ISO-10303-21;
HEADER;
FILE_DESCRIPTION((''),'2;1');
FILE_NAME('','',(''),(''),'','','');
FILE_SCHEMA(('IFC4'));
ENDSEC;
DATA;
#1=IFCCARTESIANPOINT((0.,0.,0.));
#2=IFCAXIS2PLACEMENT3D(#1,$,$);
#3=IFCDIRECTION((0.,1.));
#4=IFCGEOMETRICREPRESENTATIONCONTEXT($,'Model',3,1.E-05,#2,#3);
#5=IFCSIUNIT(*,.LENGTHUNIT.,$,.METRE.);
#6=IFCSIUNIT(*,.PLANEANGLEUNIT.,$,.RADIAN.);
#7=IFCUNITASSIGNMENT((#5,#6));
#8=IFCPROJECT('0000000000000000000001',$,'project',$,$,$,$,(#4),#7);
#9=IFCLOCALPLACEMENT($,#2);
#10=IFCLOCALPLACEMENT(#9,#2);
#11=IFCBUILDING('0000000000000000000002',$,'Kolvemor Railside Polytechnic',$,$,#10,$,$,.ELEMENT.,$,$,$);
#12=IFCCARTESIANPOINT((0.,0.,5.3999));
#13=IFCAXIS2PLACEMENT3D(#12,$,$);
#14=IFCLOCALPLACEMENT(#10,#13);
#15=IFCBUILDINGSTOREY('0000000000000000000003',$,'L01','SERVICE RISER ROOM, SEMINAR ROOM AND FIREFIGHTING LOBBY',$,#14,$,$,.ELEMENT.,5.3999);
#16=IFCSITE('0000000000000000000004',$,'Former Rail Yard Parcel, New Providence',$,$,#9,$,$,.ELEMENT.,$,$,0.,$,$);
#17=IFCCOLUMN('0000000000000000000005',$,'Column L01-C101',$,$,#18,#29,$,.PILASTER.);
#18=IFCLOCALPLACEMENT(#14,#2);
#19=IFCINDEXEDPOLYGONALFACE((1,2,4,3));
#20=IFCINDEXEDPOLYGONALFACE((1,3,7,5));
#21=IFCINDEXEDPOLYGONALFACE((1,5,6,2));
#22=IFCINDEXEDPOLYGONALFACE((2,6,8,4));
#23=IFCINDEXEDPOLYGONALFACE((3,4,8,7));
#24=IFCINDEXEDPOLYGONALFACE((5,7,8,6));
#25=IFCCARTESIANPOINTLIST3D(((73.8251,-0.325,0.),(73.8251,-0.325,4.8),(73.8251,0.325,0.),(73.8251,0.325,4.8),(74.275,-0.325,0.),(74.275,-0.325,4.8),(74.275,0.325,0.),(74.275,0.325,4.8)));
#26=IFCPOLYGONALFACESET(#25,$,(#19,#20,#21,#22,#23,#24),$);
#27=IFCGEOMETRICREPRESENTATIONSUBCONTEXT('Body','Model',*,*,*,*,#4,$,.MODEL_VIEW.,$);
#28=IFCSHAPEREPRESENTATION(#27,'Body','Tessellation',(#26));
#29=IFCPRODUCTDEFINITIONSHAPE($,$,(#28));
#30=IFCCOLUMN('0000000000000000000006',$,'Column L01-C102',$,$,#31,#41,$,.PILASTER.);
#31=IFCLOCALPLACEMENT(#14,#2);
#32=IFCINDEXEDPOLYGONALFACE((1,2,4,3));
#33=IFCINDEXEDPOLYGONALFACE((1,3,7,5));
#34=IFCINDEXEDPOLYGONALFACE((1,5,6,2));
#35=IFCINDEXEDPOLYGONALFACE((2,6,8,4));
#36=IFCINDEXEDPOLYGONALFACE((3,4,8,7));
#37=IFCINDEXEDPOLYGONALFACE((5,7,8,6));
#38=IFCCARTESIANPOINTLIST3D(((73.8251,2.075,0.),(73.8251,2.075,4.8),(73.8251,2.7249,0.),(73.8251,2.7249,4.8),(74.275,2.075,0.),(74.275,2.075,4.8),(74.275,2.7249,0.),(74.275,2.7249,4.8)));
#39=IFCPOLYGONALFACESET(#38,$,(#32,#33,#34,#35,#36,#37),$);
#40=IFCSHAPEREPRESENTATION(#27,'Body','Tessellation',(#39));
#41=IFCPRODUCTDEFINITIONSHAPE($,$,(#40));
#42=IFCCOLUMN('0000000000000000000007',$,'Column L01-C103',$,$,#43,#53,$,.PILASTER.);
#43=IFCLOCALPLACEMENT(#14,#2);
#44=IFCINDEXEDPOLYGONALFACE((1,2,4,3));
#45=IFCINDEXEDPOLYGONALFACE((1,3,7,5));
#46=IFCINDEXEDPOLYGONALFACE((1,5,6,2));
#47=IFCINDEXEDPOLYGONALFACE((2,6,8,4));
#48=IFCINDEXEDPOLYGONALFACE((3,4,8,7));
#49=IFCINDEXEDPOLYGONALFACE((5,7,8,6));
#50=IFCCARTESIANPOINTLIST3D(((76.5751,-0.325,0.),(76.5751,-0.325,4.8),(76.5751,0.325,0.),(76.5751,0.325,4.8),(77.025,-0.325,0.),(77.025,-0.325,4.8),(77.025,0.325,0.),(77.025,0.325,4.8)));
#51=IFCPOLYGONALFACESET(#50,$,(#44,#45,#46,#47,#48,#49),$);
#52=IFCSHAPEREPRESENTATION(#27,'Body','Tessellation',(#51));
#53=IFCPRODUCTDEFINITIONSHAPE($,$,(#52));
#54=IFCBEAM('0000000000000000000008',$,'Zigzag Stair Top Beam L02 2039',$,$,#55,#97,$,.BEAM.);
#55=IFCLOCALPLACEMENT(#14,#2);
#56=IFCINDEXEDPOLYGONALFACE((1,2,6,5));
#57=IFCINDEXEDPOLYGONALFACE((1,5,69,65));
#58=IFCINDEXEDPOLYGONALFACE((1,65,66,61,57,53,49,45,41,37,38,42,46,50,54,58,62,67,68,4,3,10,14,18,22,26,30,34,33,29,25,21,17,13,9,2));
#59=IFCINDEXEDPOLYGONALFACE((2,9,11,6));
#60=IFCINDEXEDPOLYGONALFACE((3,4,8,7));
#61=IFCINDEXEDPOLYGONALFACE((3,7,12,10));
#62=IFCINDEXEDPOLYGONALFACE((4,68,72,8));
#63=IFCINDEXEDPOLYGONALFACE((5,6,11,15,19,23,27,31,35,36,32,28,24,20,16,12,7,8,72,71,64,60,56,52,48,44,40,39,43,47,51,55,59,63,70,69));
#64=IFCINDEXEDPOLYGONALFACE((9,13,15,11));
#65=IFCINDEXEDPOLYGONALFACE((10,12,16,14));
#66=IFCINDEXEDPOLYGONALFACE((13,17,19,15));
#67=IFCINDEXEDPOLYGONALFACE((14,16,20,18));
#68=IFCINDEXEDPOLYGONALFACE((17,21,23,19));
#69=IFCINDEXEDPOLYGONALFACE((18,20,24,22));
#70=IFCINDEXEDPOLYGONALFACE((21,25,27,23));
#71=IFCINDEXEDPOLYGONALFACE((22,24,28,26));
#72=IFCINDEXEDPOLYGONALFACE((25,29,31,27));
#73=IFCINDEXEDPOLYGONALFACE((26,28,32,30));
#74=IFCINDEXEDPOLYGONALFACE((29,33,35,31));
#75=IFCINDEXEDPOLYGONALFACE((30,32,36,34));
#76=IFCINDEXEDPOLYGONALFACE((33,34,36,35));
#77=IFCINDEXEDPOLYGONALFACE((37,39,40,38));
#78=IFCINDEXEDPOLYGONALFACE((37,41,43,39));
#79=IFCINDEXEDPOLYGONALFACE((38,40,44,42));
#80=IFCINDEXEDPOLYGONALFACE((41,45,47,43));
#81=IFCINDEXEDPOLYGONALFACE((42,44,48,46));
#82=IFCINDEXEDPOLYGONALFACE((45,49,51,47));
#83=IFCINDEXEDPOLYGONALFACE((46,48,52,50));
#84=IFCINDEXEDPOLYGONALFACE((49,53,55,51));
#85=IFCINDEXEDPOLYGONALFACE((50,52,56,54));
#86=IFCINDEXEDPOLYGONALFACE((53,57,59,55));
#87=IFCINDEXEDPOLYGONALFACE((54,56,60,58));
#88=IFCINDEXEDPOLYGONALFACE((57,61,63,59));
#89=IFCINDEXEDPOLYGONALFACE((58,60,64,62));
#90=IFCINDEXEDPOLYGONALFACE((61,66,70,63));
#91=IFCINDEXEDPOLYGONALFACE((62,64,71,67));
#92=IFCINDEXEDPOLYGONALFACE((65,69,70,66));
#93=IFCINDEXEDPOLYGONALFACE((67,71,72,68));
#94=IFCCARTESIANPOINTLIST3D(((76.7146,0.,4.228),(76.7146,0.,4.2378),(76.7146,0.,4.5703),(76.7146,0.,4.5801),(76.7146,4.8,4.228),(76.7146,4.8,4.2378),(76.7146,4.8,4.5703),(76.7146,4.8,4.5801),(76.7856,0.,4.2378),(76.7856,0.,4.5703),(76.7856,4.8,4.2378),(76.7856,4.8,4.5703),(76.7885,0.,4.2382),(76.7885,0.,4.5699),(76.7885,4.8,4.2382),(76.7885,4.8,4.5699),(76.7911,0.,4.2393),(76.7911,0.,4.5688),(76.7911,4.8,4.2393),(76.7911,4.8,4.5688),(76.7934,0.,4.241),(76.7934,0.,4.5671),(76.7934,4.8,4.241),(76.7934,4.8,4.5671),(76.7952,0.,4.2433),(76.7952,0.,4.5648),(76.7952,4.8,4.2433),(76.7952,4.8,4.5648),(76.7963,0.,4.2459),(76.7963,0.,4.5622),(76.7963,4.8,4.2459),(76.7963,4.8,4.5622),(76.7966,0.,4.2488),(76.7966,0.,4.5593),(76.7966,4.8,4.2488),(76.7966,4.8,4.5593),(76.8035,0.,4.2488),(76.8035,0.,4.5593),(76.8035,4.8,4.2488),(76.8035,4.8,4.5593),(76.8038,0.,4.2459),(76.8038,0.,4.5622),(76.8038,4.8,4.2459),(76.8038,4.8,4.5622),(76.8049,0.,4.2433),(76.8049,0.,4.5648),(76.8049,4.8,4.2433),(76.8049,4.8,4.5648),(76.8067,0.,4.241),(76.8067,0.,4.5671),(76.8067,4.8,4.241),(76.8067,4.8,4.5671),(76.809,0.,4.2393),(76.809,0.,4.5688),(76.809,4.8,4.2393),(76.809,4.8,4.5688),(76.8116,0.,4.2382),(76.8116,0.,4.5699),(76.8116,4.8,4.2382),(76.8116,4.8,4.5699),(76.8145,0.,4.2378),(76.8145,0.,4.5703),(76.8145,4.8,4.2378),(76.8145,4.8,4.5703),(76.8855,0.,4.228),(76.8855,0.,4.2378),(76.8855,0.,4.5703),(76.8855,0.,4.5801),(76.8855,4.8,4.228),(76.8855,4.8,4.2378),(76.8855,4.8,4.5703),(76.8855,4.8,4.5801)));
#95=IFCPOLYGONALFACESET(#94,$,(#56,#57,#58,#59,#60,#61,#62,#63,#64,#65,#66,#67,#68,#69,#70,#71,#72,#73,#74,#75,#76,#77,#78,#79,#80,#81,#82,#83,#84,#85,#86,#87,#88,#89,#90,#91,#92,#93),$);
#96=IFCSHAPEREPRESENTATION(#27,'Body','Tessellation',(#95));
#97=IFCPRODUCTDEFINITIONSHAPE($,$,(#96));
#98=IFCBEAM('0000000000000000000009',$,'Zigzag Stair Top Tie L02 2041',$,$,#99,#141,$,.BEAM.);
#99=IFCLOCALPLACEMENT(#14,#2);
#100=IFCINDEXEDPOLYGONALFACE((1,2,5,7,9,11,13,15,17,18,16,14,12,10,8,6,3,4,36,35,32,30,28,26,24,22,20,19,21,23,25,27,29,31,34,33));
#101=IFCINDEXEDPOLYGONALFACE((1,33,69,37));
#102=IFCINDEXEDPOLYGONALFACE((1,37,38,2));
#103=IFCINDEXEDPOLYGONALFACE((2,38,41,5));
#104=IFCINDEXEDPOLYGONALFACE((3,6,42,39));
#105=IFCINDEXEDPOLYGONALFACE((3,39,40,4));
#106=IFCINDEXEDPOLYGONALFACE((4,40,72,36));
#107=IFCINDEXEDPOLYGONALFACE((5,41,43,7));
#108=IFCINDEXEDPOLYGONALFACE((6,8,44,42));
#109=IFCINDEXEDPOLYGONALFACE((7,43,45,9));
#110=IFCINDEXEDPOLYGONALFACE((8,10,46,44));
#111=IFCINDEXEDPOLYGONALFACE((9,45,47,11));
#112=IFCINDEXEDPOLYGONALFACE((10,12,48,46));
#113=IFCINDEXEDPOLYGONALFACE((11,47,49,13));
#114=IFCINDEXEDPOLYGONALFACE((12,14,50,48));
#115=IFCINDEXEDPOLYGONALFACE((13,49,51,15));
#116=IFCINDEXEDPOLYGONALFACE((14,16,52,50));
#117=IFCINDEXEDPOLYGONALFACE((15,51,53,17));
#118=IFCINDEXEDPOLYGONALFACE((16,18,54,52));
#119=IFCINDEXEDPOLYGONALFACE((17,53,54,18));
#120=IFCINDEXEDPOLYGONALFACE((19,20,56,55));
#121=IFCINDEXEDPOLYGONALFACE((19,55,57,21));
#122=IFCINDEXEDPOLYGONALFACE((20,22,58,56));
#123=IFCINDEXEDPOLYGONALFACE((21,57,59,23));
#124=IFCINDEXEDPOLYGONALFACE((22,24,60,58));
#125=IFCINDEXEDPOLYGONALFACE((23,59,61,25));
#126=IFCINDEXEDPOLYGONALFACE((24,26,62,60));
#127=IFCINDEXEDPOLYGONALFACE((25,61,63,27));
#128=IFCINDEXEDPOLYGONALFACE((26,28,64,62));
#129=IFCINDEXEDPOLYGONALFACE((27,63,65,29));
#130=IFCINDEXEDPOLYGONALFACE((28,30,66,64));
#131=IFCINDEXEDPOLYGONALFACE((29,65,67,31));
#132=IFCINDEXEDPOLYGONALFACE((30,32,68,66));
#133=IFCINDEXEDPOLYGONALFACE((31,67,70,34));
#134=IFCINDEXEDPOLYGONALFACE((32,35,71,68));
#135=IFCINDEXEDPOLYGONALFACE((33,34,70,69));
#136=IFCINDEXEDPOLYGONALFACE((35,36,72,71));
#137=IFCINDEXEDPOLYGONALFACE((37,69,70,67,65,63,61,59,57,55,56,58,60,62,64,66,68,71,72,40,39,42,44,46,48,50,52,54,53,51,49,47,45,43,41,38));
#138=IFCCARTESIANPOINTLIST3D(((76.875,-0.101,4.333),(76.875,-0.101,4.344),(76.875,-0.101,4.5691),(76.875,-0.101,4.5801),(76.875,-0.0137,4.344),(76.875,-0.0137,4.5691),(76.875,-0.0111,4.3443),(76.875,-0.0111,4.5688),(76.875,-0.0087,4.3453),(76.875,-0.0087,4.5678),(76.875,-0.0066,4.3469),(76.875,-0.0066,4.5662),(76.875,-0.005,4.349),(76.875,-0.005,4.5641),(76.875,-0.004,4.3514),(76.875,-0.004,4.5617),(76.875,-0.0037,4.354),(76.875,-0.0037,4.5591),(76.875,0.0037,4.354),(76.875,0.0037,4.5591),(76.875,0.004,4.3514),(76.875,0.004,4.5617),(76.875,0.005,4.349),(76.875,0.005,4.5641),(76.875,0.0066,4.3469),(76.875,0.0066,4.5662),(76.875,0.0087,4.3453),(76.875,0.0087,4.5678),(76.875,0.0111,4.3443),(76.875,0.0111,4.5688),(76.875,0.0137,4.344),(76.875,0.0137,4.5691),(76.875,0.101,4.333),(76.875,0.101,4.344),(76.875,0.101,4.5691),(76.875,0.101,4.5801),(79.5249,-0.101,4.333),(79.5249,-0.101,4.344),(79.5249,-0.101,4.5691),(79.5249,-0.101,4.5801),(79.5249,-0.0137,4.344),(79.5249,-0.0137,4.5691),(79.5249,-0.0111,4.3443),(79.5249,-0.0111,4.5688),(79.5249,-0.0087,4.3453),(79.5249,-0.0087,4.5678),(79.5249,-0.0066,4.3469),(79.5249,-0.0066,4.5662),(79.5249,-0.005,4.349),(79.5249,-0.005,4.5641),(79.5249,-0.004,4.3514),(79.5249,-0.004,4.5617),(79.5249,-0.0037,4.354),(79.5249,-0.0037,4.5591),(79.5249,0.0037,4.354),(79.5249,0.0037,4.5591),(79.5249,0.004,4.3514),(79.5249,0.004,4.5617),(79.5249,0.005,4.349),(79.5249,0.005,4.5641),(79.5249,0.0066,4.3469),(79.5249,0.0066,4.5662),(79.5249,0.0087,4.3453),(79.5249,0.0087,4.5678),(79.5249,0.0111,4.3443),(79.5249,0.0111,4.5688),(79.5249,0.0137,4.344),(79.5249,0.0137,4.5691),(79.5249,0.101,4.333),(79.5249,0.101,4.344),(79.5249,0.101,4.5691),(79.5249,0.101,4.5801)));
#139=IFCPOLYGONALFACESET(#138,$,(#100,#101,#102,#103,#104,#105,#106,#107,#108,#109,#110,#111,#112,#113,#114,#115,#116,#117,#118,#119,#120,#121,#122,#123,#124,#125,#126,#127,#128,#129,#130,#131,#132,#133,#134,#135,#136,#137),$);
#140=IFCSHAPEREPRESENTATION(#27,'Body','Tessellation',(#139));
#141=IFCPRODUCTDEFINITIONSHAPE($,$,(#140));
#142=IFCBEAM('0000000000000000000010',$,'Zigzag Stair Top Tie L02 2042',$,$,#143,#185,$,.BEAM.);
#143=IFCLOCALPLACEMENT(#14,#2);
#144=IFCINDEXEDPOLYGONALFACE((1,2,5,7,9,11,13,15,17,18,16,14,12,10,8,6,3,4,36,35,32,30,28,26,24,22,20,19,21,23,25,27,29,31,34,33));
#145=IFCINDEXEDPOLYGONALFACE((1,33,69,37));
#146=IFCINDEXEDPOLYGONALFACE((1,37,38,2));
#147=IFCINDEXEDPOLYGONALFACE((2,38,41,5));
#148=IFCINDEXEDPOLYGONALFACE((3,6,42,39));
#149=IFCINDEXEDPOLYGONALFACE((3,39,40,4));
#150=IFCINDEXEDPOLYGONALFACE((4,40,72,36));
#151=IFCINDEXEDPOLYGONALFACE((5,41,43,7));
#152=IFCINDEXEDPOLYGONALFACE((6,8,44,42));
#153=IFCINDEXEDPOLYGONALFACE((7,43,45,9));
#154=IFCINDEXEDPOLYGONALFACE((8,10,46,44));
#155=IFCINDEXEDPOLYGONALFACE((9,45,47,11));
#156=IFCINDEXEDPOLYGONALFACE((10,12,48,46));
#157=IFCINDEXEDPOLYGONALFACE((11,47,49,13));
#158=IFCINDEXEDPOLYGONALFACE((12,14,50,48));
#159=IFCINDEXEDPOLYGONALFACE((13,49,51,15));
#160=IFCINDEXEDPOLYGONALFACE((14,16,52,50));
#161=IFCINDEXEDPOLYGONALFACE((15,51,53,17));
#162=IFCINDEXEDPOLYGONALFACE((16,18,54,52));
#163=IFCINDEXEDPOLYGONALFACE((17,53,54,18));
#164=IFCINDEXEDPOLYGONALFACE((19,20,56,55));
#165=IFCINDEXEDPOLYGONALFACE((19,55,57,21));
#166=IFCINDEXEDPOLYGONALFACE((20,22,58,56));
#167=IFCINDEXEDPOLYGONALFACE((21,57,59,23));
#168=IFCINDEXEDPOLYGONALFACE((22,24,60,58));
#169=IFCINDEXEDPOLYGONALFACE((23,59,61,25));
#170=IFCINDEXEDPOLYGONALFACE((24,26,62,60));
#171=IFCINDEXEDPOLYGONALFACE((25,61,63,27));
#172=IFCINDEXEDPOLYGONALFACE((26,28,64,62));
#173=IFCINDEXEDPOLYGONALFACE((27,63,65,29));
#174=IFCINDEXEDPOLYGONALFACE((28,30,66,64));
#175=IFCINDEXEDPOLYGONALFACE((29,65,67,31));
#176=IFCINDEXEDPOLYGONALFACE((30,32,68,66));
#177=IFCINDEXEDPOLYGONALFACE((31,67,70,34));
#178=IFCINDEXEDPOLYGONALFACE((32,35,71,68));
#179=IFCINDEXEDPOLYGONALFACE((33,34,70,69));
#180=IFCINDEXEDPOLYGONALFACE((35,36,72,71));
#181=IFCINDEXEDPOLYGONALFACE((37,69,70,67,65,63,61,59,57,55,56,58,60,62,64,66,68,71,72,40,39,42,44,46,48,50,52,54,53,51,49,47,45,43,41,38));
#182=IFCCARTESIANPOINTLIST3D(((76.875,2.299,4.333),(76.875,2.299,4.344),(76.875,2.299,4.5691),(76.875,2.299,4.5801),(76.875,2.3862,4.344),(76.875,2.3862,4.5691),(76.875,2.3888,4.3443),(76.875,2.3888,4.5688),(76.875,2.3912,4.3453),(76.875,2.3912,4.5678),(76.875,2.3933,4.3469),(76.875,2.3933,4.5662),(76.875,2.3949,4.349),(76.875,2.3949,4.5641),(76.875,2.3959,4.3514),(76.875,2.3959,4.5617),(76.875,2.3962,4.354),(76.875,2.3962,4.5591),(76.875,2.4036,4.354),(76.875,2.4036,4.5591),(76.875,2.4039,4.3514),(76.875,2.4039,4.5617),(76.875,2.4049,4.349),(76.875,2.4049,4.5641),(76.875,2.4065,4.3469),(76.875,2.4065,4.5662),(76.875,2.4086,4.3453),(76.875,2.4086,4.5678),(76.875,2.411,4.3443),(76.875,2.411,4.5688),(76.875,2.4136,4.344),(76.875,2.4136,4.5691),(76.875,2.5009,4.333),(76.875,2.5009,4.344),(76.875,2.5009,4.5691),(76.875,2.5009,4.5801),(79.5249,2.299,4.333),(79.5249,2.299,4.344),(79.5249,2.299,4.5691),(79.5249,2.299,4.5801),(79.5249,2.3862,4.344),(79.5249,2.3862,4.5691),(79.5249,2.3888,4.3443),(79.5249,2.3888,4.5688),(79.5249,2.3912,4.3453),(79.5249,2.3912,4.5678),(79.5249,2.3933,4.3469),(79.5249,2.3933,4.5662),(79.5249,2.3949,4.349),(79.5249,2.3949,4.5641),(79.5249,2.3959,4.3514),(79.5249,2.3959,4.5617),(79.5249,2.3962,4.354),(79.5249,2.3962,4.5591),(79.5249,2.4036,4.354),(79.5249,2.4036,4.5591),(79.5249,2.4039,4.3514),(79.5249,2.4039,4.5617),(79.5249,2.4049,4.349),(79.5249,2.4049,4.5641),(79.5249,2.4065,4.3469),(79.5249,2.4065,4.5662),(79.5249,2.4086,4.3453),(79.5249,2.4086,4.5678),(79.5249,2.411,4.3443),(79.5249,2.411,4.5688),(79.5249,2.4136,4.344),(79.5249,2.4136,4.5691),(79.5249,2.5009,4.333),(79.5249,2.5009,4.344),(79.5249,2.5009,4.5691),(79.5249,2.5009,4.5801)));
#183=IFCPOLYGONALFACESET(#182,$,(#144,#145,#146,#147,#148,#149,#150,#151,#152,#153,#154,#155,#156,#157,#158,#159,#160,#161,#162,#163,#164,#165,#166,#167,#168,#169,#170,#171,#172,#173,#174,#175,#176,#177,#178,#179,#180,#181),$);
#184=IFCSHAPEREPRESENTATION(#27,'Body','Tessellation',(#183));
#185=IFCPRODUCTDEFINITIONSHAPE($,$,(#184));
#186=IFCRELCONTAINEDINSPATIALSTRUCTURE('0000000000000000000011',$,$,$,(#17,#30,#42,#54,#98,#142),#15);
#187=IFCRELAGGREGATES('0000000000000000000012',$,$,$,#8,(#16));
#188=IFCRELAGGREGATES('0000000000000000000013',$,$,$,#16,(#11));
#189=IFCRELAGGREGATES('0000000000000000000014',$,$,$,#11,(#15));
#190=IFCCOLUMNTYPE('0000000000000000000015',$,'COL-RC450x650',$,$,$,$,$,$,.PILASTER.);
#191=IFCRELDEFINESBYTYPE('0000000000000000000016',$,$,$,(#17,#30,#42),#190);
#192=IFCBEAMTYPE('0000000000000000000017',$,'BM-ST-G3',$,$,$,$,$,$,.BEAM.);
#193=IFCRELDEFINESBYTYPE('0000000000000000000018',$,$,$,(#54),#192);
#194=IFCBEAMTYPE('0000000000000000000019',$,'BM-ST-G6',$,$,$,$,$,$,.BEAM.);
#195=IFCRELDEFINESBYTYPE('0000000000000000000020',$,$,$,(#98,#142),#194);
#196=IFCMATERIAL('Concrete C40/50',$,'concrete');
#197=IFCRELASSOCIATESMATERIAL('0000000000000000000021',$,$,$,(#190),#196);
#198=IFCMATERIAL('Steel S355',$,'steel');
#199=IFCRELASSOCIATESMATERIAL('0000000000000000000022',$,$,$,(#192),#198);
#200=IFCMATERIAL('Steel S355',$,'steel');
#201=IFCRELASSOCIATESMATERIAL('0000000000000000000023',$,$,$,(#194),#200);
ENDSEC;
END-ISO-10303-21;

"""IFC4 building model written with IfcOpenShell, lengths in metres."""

from ifc_helpers import new_model, si_unit, direction, frame, origin, origin_2d, place, context, subcontext, project, spatial, rectangle, i_section, extrude, material, material_profile, profile_set, type_object, element, save


model = new_model("IFC4")

# Units and contexts
model_context = context("Model", 3, precision=1e-05, world=origin(), true_north=direction((0.0, 1.0)))
body_context = subcontext(model_context, "Body", "Model", "MODEL_VIEW")
ifc_project = project(units=[si_unit("LENGTHUNIT", "METRE"), si_unit("PLANEANGLEUNIT", "RADIAN")], contexts=[model_context])

# Site, building, storey
site_placement = place(None, origin())
site = spatial("IfcSite", under=ifc_project, at=site_placement, Name="Former Rail Yard Parcel, New Providence", CompositionType="ELEMENT", RefElevation=0.0)
building_placement = place(site_placement, origin())
building = spatial("IfcBuilding", under=site, at=building_placement, Name="Kolvemor Railside Polytechnic", CompositionType="ELEMENT")
storey_placement = place(building_placement, frame((0.0, 0.0, 5.3999)))
storey = spatial("IfcBuildingStorey", under=building, at=storey_placement, Name="L01", Description="SERVICE RISER ROOM, SEMINAR ROOM AND FIREFIGHTING LOBBY", CompositionType="ELEMENT", Elevation=5.3999)

# Columns
ifc_material_1 = material(Name="Concrete C40/50", Category="concrete")
ifc_material_profile_1 = material_profile(ifc_material_1, rectangle(XDim=0.45, YDim=0.6499, at=origin_2d()), Name="RC450x650")
ifc_profile_set_1 = profile_set([ifc_material_profile_1], Name="Concrete C40/50")
column_type = type_object("IfcColumnType", Name="COL-RC450x650", PredefinedType="PILASTER", material=ifc_profile_set_1)
for number, where, z_axis, x_axis, name in (
    (1, (74.05, 0.0, 0.0), (0.0, 0.0, 1.0), (1.0, 0.0, 0.0), "Column L01-C101"),
    (2, (74.05, 2.3999, 0.0), (0.0, 0.0, 1.0), (1.0, 0.0, 0.0), "Column L01-C102"),
    (3, (76.8, 0.0, 0.0), (0.0, 0.0, 1.0), (1.0, 0.0, 0.0), "Column L01-C103"),
):
    element("IfcColumn", number, at=place(storey_placement, frame(where, z_axis=z_axis, x_axis=x_axis)), inside=storey, type_object=column_type, Name=name, PredefinedType="PILASTER", context=body_context, shape_type="SweptSolid", body=[
        extrude(rectangle(XDim=0.45, YDim=0.6499, at=origin_2d()), origin(), (0.0, 0.0, 1.0), 4.8),
    ])

# Beams
ifc_material_2 = material(Name="Steel S355", Category="steel")
ifc_material_profile_2 = material_profile(ifc_material_2, i_section(OverallWidth=0.1709, OverallDepth=0.3521, WebThickness=0.0068, FlangeThickness=0.0098, FilletRadius=0.011, at=origin_2d()), Name="W360x44")
ifc_profile_set_2 = profile_set([ifc_material_profile_2], Name="Steel S355")
beam_type_1 = type_object("IfcBeamType", Name="BM-ST-G3", PredefinedType="BEAM", material=ifc_profile_set_2)
beam_1_placement = place(storey_placement, frame((76.8, 0.0, 4.4041), z_axis=(0.0, 1.0, 0.0), x_axis=(-1.0, 0.0, 0.0)))
element("IfcBeam", 4, at=beam_1_placement, inside=storey, type_object=beam_type_1, Name="Zigzag Stair Top Beam L02 2039", PredefinedType="BEAM", context=body_context, shape_type="SweptSolid", body=[
    extrude(i_section(OverallWidth=0.1709, OverallDepth=0.3521, WebThickness=0.0068, FlangeThickness=0.0098, FilletRadius=0.011, at=origin_2d()), origin(), (0.0, 0.0, 1.0), 4.8),
])
ifc_material_3 = material(Name="Steel S355", Category="steel")
ifc_material_profile_3 = material_profile(ifc_material_3, i_section(OverallWidth=0.2019, OverallDepth=0.2471, WebThickness=0.0073, FlangeThickness=0.011, FilletRadius=0.01, at=origin_2d()), Name="W250x49")
ifc_profile_set_3 = profile_set([ifc_material_profile_3], Name="Steel S355")
beam_type_2 = type_object("IfcBeamType", Name="BM-ST-G6", PredefinedType="BEAM", material=ifc_profile_set_3)
for number, where, z_axis, x_axis, name in (
    (5, (76.875, 0.0, 4.4565), (1.0, 0.0, 0.0), (0.0, 1.0, 0.0), "Zigzag Stair Top Tie L02 2041"),
    (6, (76.875, 2.3999, 4.4565), (1.0, 0.0, 0.0), (0.0, 1.0, 0.0), "Zigzag Stair Top Tie L02 2042"),
):
    element("IfcBeam", number, at=place(storey_placement, frame(where, z_axis=z_axis, x_axis=x_axis)), inside=storey, type_object=beam_type_2, Name=name, PredefinedType="BEAM", context=body_context, shape_type="SweptSolid", body=[
        extrude(i_section(OverallWidth=0.2019, OverallDepth=0.2471, WebThickness=0.0073, FlangeThickness=0.011, FilletRadius=0.01, at=origin_2d()), origin(), (0.0, 0.0, 1.0), 2.6499),
    ])

save(model, "model.ifc")
